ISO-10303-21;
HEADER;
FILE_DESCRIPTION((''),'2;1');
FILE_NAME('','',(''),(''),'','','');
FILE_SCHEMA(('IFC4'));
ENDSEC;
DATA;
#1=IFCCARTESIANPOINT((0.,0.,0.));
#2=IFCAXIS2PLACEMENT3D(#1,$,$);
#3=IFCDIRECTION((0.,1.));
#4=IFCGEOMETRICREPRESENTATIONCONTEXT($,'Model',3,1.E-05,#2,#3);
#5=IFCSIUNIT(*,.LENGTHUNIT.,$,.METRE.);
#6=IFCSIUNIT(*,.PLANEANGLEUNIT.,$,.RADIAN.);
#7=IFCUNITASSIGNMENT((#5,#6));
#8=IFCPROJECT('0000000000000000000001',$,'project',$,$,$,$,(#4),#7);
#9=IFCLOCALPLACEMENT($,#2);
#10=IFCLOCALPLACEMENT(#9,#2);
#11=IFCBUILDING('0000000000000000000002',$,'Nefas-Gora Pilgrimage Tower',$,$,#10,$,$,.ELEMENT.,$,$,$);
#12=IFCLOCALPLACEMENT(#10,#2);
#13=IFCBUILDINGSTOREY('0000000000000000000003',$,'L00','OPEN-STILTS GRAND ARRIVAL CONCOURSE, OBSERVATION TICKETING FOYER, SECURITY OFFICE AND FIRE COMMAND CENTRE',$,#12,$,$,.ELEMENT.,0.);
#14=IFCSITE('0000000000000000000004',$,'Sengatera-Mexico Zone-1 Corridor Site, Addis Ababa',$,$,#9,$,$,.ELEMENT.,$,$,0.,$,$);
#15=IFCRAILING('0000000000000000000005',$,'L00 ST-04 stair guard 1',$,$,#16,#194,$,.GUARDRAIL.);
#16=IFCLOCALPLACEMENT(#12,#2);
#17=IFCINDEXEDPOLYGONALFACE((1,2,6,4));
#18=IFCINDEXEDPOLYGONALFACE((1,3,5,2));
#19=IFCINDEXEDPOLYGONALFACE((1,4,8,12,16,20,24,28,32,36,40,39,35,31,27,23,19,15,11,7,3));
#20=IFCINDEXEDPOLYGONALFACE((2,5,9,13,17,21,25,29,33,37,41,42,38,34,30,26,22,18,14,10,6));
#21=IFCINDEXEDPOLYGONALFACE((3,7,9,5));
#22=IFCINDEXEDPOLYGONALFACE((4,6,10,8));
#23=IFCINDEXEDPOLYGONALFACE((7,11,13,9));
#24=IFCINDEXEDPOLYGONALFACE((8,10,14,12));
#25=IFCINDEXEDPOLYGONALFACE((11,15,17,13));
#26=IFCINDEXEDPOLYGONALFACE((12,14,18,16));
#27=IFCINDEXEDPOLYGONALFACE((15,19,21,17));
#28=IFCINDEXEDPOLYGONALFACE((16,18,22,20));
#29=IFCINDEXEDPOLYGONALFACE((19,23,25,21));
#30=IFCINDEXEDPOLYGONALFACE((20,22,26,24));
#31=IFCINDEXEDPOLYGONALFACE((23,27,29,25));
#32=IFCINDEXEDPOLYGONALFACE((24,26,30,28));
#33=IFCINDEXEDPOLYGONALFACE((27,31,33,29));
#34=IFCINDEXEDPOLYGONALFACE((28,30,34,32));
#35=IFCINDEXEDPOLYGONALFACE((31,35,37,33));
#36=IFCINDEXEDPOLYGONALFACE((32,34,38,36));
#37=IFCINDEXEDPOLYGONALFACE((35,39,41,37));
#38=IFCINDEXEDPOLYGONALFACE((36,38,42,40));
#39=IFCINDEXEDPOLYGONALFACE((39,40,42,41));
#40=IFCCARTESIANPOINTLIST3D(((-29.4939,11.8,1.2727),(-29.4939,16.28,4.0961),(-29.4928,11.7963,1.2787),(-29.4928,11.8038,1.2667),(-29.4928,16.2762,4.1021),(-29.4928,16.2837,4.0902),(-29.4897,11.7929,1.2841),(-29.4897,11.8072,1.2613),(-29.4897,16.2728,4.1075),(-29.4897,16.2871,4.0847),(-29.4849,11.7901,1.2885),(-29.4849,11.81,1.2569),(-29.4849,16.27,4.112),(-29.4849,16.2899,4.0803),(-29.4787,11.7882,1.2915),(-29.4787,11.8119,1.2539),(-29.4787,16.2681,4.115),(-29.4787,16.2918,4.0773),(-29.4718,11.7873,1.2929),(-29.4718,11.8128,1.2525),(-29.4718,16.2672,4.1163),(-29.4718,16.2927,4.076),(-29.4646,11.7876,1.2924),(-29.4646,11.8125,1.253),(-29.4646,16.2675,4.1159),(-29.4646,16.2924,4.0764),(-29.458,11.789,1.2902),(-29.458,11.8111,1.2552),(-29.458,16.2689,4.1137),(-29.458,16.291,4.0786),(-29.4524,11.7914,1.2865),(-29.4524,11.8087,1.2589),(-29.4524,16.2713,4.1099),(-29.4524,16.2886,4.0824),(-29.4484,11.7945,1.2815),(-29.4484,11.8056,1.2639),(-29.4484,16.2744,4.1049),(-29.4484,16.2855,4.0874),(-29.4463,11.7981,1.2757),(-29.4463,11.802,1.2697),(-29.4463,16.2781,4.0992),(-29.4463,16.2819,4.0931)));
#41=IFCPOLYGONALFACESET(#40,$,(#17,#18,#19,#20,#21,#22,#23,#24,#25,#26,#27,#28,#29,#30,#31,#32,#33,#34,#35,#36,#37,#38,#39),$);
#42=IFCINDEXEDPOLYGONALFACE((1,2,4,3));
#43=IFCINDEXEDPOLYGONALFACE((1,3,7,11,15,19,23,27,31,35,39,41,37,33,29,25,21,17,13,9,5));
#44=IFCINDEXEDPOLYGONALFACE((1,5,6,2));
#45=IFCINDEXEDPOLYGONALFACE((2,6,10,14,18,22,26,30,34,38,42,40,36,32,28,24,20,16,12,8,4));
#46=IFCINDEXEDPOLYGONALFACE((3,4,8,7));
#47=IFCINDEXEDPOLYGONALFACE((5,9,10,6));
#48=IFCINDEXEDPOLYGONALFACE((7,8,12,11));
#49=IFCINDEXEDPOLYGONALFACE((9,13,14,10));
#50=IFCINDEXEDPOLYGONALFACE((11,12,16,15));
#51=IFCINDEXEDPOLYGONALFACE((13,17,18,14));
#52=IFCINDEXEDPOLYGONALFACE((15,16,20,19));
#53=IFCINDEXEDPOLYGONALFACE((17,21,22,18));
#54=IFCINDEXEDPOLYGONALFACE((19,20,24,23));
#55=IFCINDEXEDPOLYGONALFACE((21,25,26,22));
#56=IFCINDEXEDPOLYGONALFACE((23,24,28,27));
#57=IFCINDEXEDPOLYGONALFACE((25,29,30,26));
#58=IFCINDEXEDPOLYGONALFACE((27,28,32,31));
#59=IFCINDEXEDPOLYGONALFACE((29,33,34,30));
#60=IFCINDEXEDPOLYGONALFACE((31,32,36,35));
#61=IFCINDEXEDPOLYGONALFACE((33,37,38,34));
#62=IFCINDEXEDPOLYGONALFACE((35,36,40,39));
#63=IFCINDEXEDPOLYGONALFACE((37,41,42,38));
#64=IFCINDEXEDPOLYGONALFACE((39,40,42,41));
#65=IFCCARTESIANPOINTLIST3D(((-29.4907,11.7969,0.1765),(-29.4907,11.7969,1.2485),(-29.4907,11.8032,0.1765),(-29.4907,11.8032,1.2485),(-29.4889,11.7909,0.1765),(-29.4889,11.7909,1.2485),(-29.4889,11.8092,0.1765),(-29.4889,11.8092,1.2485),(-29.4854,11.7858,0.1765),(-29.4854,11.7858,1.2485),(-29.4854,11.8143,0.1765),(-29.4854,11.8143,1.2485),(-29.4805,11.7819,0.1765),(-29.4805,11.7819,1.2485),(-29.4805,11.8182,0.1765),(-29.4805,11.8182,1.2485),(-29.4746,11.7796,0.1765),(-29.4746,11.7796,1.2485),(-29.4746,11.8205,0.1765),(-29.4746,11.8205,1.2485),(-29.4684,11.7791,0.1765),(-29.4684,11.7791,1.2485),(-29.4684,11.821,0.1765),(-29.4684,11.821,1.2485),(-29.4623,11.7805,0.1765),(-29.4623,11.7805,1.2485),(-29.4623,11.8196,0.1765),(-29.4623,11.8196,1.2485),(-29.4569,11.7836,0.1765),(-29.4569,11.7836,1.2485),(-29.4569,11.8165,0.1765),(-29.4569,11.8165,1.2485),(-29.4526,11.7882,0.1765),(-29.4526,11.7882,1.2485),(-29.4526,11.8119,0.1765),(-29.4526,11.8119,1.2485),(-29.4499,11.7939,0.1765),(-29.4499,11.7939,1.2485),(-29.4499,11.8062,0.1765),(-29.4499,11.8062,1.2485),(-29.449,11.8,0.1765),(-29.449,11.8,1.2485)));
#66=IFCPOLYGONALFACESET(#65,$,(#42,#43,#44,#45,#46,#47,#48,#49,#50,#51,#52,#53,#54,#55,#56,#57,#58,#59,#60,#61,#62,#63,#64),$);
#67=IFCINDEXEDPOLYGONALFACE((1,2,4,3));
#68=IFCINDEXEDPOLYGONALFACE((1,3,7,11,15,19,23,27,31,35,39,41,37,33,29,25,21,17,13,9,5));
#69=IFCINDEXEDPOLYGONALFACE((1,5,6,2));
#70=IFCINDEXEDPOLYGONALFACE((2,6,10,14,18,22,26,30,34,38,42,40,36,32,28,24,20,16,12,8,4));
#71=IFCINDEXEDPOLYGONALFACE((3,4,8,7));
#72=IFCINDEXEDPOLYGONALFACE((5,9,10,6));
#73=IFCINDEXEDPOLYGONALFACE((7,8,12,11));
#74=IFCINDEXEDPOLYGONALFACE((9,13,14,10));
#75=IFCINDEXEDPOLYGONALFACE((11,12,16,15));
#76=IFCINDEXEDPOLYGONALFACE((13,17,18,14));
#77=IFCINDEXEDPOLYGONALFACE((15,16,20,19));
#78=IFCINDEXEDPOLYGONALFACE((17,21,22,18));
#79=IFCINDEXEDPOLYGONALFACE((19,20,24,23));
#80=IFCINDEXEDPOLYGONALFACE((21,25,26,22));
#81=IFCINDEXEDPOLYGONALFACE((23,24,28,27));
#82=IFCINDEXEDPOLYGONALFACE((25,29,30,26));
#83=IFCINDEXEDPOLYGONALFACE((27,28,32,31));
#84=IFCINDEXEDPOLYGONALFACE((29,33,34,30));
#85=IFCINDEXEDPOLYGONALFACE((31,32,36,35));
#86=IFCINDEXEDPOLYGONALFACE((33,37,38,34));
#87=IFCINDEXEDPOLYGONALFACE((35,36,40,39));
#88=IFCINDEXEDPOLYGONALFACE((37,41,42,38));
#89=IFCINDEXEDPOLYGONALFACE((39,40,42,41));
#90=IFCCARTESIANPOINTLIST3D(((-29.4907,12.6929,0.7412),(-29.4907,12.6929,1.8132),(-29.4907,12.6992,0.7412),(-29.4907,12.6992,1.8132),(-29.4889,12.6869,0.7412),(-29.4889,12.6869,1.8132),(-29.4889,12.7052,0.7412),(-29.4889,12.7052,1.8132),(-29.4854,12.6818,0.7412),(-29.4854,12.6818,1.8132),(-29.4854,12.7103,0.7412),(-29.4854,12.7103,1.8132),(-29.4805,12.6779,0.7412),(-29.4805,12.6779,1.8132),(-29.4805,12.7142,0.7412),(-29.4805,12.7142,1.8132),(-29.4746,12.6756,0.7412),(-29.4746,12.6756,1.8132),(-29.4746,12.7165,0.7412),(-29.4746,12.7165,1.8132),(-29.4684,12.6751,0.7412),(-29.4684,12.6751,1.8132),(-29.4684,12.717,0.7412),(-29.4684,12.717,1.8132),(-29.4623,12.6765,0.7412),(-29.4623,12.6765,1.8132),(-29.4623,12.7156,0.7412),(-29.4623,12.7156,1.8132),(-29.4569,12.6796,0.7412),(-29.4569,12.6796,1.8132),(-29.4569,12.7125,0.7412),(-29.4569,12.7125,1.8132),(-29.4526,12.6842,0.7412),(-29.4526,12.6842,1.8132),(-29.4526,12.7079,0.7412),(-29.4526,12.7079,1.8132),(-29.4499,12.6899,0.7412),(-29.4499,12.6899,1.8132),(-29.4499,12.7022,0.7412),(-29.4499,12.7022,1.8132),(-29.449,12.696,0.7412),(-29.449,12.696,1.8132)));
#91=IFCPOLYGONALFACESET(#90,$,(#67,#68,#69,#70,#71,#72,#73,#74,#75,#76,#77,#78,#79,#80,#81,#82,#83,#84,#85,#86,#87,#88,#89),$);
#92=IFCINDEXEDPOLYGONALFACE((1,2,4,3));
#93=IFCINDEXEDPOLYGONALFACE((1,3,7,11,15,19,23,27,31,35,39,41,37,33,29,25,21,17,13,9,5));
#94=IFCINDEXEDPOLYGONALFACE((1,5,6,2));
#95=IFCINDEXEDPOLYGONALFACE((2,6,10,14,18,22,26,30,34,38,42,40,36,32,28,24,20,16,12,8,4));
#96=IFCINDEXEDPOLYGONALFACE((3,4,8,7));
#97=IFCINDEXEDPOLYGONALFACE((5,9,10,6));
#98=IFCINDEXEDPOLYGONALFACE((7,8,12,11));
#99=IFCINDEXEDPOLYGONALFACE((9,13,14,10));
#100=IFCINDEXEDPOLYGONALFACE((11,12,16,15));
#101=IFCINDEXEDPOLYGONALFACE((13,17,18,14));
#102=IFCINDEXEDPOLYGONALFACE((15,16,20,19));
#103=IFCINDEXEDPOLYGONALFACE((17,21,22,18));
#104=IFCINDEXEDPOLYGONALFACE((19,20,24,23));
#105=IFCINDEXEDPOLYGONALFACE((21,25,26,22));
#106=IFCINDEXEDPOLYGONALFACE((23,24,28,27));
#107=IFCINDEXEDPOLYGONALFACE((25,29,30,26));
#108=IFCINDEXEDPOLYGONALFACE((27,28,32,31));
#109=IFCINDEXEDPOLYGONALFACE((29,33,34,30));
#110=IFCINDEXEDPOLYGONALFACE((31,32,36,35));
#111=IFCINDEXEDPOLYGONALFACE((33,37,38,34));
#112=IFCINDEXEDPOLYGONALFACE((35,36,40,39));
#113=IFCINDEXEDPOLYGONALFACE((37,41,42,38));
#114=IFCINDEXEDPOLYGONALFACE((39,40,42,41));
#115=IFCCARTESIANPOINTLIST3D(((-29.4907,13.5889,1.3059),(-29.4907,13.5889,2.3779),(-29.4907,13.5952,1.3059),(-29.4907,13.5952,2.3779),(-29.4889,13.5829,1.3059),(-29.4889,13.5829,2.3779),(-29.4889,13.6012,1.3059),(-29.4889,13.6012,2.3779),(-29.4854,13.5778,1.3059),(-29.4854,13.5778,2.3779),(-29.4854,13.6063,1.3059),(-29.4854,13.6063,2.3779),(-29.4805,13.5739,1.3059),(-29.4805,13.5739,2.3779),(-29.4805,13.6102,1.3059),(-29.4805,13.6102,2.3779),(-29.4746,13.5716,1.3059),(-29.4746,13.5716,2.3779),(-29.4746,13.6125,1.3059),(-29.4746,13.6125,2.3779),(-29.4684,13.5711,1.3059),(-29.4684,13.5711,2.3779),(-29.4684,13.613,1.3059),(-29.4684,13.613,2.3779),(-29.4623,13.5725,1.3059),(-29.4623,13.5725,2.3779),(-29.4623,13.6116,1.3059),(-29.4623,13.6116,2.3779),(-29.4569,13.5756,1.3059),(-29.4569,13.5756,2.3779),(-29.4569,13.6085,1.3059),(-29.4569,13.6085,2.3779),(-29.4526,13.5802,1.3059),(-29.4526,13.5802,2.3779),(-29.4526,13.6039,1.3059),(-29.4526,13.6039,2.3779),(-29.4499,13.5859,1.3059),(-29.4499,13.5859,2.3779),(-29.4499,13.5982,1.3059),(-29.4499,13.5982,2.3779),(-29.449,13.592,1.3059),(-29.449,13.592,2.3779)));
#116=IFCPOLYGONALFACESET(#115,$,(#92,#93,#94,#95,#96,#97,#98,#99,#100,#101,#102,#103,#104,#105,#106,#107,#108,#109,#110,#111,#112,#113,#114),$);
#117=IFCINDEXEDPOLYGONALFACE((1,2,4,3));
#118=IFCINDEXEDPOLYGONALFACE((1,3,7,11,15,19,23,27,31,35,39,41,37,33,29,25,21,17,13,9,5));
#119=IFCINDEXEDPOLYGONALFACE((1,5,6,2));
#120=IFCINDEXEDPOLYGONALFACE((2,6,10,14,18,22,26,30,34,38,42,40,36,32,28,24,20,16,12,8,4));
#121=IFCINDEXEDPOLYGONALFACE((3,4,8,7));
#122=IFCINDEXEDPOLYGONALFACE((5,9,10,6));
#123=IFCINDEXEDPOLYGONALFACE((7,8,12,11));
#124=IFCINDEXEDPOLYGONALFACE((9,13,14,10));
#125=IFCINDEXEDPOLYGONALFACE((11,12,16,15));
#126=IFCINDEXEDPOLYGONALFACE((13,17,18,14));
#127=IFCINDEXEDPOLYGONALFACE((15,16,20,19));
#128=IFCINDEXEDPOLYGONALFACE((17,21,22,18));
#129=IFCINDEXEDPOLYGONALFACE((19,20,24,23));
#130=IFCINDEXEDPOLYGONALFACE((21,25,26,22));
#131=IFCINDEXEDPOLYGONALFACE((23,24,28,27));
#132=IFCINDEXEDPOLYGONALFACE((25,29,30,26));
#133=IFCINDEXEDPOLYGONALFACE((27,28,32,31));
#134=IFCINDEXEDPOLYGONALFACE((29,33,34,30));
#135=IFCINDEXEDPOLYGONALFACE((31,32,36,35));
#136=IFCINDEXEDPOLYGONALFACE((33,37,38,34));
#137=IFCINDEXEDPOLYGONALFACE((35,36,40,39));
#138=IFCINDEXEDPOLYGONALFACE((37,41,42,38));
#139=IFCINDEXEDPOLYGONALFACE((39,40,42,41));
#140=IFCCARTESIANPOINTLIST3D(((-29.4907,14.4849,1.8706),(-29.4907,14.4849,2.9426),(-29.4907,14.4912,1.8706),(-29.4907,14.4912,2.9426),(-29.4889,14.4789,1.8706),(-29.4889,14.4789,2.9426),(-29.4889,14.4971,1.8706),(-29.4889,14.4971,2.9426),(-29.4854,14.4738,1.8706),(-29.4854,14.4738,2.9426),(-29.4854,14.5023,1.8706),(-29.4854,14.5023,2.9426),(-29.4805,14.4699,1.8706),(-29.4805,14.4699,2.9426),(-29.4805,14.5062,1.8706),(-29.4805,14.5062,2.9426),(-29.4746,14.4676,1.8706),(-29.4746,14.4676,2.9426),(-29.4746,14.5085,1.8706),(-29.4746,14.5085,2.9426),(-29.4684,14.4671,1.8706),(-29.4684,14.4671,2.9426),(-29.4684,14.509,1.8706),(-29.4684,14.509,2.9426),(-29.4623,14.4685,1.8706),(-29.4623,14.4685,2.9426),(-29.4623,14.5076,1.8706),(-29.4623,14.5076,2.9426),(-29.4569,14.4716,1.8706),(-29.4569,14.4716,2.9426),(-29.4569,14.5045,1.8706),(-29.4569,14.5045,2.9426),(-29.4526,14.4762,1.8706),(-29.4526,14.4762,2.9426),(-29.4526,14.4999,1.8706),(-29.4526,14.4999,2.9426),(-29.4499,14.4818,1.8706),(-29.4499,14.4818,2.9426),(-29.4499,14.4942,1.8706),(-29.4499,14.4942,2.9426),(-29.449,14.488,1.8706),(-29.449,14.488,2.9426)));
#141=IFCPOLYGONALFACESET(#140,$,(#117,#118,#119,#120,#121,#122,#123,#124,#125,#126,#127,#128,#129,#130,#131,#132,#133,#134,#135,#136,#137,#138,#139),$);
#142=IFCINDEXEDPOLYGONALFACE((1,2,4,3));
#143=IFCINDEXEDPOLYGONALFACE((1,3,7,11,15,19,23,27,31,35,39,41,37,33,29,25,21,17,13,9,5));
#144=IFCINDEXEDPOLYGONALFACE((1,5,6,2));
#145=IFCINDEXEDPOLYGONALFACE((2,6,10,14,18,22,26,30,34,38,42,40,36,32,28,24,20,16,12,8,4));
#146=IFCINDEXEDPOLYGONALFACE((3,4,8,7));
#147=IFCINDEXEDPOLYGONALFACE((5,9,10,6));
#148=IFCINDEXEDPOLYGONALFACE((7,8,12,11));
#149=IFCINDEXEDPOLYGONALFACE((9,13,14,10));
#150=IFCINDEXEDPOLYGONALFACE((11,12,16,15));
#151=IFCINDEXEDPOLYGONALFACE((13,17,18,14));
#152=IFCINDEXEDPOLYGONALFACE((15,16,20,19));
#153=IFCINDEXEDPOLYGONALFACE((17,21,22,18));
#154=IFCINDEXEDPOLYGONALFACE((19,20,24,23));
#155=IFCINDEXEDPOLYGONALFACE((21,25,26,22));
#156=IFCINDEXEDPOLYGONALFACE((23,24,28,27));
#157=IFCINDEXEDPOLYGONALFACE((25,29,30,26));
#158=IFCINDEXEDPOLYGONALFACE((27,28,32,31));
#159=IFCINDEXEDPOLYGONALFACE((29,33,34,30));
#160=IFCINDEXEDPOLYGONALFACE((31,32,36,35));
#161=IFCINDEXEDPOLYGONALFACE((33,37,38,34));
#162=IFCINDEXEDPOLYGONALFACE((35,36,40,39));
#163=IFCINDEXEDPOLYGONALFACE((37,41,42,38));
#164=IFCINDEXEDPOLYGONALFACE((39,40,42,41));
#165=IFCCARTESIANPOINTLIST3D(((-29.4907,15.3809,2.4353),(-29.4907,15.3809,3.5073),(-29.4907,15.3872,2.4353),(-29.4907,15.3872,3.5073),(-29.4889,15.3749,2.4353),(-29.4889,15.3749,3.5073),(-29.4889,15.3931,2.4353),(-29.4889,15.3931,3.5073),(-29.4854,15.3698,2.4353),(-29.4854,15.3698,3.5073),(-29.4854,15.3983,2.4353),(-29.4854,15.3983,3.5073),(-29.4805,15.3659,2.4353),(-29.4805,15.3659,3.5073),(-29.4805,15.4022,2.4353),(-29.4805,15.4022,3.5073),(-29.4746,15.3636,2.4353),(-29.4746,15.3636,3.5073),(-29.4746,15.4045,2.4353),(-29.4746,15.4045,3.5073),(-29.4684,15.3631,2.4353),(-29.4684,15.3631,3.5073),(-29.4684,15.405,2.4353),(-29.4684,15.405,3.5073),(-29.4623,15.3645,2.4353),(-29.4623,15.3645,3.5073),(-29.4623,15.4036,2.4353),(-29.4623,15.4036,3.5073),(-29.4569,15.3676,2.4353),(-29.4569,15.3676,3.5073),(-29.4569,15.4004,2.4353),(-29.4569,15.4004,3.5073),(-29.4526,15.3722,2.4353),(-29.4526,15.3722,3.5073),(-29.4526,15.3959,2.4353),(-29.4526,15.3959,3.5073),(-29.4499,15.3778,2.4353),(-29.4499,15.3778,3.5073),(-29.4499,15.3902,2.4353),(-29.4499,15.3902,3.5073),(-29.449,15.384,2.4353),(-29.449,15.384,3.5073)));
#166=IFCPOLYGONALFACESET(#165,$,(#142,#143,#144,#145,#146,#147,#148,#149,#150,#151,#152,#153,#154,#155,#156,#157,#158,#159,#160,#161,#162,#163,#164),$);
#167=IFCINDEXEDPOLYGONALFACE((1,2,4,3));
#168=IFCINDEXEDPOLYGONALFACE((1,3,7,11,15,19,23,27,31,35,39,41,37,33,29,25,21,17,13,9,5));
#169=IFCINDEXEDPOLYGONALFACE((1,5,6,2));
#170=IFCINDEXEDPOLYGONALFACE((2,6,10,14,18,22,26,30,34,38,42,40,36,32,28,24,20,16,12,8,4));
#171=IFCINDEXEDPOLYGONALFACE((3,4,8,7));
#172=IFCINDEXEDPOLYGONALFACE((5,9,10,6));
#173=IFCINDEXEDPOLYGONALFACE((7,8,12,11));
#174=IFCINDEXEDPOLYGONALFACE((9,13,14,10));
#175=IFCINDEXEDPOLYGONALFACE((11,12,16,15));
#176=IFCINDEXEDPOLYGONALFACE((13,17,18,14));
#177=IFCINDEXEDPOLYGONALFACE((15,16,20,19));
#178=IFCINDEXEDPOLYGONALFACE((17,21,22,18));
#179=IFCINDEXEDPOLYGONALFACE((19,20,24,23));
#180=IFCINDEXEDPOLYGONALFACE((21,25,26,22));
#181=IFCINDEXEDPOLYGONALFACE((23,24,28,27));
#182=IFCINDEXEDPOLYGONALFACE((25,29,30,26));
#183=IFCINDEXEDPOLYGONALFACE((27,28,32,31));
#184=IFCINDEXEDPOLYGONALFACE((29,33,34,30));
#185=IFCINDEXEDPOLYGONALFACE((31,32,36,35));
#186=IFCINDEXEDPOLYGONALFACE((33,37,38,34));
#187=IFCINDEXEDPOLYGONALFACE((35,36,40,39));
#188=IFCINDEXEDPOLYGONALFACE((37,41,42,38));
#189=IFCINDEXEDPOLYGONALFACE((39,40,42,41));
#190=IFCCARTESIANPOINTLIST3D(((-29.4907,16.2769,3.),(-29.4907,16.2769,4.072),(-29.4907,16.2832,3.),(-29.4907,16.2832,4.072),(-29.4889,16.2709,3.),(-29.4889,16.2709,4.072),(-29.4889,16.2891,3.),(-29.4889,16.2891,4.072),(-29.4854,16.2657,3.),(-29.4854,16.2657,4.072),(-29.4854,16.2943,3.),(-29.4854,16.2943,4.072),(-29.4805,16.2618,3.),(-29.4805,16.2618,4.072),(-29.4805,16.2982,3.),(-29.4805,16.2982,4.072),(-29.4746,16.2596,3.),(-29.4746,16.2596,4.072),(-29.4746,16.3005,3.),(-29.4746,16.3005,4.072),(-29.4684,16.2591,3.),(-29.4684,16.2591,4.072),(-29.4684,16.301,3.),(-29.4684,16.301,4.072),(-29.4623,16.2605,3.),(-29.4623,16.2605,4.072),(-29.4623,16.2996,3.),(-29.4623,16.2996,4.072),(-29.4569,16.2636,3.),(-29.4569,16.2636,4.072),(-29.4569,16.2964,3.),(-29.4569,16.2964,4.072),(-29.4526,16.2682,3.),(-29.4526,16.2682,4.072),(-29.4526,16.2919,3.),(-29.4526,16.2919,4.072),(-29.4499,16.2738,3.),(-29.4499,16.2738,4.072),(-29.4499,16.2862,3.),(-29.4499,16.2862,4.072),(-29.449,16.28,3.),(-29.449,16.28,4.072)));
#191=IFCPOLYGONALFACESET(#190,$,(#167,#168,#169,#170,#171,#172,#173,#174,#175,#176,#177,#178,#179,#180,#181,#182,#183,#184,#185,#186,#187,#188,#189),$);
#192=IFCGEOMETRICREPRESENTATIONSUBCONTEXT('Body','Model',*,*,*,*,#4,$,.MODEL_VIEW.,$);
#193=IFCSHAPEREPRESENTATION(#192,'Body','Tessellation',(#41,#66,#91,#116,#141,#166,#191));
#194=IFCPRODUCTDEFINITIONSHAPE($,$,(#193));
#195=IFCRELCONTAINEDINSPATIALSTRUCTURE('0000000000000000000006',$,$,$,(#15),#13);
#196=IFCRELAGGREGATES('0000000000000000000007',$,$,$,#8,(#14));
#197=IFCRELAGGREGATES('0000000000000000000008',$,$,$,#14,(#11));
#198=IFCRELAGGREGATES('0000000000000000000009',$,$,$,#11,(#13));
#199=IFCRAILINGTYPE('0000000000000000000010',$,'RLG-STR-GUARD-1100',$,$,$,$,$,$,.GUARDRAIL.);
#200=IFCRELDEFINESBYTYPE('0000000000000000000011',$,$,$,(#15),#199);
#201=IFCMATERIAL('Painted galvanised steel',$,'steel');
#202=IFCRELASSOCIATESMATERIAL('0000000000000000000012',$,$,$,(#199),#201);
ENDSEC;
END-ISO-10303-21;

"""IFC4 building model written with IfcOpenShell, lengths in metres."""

from ifc_helpers import new_model, si_unit, direction, frame, origin, origin_2d, place, context, subcontext, project, spatial, circle, extrude, material, type_object, element, save


model = new_model("IFC4")

# Units and contexts
model_context = context("Model", 3, precision=1e-05, world=origin(), true_north=direction((0.0, 1.0)))
body_context = subcontext(model_context, "Body", "Model", "MODEL_VIEW")
ifc_project = project(units=[si_unit("LENGTHUNIT", "METRE"), si_unit("PLANEANGLEUNIT", "RADIAN")], contexts=[model_context])

# Site, building, storey
site_placement = place(None, origin())
site = spatial("IfcSite", under=ifc_project, at=site_placement, Name="Sengatera-Mexico Zone-1 Corridor Site, Addis Ababa", CompositionType="ELEMENT", RefElevation=0.0)
building_placement = place(site_placement, origin())
building = spatial("IfcBuilding", under=site, at=building_placement, Name="Nefas-Gora Pilgrimage Tower", CompositionType="ELEMENT")
storey_placement = place(building_placement, origin())
storey = spatial("IfcBuildingStorey", under=building, at=storey_placement, Name="L00", Description="OPEN-STILTS GRAND ARRIVAL CONCOURSE, OBSERVATION TICKETING FOYER, SECURITY OFFICE AND FIRE COMMAND CENTRE", CompositionType="ELEMENT", Elevation=0.0)

# Railing
ifc_material_1 = material(Name="Painted galvanised steel", Category="steel")
railing_type_1 = type_object("IfcRailingType", Name="RLG-STR-GUARD-1100", PredefinedType="GUARDRAIL", material=ifc_material_1)
railing_1_placement = place(storey_placement, frame((-29.47, 11.8, 0.1765)))
element("IfcRailing", 1, at=railing_1_placement, inside=storey, type_object=railing_type_1, Name="L00 ST-04 stair guard 1", PredefinedType="GUARDRAIL", context=body_context, shape_type="SweptSolid", body=[
    extrude(circle(Radius=0.0239, at=origin_2d()), frame((0.0, 0.0, 1.0962), z_axis=(0.0, 0.845998, 0.533186), x_axis=(-1.0, 0.0, 0.0)), (0.0, 0.0, 1.0), 5.2954),
    extrude(circle(Radius=0.021, at=origin_2d()), origin(), (0.0, 0.0, 1.0), 1.072),
    extrude(circle(Radius=0.021, at=origin_2d()), frame((0.0, 0.896, 0.5647)), (0.0, 0.0, 1.0), 1.072),
    extrude(circle(Radius=0.021, at=origin_2d()), frame((0.0, 1.792, 1.1294)), (0.0, 0.0, 1.0), 1.072),
    extrude(circle(Radius=0.021, at=origin_2d()), frame((0.0, 2.688, 1.6941)), (0.0, 0.0, 1.0), 1.072),
    extrude(circle(Radius=0.021, at=origin_2d()), frame((0.0, 3.584, 2.2588)), (0.0, 0.0, 1.0), 1.072),
    extrude(circle(Radius=0.021, at=origin_2d()), frame((0.0, 4.48, 2.8235)), (0.0, 0.0, 1.0), 1.072),
])

save(model, "model.ifc")
